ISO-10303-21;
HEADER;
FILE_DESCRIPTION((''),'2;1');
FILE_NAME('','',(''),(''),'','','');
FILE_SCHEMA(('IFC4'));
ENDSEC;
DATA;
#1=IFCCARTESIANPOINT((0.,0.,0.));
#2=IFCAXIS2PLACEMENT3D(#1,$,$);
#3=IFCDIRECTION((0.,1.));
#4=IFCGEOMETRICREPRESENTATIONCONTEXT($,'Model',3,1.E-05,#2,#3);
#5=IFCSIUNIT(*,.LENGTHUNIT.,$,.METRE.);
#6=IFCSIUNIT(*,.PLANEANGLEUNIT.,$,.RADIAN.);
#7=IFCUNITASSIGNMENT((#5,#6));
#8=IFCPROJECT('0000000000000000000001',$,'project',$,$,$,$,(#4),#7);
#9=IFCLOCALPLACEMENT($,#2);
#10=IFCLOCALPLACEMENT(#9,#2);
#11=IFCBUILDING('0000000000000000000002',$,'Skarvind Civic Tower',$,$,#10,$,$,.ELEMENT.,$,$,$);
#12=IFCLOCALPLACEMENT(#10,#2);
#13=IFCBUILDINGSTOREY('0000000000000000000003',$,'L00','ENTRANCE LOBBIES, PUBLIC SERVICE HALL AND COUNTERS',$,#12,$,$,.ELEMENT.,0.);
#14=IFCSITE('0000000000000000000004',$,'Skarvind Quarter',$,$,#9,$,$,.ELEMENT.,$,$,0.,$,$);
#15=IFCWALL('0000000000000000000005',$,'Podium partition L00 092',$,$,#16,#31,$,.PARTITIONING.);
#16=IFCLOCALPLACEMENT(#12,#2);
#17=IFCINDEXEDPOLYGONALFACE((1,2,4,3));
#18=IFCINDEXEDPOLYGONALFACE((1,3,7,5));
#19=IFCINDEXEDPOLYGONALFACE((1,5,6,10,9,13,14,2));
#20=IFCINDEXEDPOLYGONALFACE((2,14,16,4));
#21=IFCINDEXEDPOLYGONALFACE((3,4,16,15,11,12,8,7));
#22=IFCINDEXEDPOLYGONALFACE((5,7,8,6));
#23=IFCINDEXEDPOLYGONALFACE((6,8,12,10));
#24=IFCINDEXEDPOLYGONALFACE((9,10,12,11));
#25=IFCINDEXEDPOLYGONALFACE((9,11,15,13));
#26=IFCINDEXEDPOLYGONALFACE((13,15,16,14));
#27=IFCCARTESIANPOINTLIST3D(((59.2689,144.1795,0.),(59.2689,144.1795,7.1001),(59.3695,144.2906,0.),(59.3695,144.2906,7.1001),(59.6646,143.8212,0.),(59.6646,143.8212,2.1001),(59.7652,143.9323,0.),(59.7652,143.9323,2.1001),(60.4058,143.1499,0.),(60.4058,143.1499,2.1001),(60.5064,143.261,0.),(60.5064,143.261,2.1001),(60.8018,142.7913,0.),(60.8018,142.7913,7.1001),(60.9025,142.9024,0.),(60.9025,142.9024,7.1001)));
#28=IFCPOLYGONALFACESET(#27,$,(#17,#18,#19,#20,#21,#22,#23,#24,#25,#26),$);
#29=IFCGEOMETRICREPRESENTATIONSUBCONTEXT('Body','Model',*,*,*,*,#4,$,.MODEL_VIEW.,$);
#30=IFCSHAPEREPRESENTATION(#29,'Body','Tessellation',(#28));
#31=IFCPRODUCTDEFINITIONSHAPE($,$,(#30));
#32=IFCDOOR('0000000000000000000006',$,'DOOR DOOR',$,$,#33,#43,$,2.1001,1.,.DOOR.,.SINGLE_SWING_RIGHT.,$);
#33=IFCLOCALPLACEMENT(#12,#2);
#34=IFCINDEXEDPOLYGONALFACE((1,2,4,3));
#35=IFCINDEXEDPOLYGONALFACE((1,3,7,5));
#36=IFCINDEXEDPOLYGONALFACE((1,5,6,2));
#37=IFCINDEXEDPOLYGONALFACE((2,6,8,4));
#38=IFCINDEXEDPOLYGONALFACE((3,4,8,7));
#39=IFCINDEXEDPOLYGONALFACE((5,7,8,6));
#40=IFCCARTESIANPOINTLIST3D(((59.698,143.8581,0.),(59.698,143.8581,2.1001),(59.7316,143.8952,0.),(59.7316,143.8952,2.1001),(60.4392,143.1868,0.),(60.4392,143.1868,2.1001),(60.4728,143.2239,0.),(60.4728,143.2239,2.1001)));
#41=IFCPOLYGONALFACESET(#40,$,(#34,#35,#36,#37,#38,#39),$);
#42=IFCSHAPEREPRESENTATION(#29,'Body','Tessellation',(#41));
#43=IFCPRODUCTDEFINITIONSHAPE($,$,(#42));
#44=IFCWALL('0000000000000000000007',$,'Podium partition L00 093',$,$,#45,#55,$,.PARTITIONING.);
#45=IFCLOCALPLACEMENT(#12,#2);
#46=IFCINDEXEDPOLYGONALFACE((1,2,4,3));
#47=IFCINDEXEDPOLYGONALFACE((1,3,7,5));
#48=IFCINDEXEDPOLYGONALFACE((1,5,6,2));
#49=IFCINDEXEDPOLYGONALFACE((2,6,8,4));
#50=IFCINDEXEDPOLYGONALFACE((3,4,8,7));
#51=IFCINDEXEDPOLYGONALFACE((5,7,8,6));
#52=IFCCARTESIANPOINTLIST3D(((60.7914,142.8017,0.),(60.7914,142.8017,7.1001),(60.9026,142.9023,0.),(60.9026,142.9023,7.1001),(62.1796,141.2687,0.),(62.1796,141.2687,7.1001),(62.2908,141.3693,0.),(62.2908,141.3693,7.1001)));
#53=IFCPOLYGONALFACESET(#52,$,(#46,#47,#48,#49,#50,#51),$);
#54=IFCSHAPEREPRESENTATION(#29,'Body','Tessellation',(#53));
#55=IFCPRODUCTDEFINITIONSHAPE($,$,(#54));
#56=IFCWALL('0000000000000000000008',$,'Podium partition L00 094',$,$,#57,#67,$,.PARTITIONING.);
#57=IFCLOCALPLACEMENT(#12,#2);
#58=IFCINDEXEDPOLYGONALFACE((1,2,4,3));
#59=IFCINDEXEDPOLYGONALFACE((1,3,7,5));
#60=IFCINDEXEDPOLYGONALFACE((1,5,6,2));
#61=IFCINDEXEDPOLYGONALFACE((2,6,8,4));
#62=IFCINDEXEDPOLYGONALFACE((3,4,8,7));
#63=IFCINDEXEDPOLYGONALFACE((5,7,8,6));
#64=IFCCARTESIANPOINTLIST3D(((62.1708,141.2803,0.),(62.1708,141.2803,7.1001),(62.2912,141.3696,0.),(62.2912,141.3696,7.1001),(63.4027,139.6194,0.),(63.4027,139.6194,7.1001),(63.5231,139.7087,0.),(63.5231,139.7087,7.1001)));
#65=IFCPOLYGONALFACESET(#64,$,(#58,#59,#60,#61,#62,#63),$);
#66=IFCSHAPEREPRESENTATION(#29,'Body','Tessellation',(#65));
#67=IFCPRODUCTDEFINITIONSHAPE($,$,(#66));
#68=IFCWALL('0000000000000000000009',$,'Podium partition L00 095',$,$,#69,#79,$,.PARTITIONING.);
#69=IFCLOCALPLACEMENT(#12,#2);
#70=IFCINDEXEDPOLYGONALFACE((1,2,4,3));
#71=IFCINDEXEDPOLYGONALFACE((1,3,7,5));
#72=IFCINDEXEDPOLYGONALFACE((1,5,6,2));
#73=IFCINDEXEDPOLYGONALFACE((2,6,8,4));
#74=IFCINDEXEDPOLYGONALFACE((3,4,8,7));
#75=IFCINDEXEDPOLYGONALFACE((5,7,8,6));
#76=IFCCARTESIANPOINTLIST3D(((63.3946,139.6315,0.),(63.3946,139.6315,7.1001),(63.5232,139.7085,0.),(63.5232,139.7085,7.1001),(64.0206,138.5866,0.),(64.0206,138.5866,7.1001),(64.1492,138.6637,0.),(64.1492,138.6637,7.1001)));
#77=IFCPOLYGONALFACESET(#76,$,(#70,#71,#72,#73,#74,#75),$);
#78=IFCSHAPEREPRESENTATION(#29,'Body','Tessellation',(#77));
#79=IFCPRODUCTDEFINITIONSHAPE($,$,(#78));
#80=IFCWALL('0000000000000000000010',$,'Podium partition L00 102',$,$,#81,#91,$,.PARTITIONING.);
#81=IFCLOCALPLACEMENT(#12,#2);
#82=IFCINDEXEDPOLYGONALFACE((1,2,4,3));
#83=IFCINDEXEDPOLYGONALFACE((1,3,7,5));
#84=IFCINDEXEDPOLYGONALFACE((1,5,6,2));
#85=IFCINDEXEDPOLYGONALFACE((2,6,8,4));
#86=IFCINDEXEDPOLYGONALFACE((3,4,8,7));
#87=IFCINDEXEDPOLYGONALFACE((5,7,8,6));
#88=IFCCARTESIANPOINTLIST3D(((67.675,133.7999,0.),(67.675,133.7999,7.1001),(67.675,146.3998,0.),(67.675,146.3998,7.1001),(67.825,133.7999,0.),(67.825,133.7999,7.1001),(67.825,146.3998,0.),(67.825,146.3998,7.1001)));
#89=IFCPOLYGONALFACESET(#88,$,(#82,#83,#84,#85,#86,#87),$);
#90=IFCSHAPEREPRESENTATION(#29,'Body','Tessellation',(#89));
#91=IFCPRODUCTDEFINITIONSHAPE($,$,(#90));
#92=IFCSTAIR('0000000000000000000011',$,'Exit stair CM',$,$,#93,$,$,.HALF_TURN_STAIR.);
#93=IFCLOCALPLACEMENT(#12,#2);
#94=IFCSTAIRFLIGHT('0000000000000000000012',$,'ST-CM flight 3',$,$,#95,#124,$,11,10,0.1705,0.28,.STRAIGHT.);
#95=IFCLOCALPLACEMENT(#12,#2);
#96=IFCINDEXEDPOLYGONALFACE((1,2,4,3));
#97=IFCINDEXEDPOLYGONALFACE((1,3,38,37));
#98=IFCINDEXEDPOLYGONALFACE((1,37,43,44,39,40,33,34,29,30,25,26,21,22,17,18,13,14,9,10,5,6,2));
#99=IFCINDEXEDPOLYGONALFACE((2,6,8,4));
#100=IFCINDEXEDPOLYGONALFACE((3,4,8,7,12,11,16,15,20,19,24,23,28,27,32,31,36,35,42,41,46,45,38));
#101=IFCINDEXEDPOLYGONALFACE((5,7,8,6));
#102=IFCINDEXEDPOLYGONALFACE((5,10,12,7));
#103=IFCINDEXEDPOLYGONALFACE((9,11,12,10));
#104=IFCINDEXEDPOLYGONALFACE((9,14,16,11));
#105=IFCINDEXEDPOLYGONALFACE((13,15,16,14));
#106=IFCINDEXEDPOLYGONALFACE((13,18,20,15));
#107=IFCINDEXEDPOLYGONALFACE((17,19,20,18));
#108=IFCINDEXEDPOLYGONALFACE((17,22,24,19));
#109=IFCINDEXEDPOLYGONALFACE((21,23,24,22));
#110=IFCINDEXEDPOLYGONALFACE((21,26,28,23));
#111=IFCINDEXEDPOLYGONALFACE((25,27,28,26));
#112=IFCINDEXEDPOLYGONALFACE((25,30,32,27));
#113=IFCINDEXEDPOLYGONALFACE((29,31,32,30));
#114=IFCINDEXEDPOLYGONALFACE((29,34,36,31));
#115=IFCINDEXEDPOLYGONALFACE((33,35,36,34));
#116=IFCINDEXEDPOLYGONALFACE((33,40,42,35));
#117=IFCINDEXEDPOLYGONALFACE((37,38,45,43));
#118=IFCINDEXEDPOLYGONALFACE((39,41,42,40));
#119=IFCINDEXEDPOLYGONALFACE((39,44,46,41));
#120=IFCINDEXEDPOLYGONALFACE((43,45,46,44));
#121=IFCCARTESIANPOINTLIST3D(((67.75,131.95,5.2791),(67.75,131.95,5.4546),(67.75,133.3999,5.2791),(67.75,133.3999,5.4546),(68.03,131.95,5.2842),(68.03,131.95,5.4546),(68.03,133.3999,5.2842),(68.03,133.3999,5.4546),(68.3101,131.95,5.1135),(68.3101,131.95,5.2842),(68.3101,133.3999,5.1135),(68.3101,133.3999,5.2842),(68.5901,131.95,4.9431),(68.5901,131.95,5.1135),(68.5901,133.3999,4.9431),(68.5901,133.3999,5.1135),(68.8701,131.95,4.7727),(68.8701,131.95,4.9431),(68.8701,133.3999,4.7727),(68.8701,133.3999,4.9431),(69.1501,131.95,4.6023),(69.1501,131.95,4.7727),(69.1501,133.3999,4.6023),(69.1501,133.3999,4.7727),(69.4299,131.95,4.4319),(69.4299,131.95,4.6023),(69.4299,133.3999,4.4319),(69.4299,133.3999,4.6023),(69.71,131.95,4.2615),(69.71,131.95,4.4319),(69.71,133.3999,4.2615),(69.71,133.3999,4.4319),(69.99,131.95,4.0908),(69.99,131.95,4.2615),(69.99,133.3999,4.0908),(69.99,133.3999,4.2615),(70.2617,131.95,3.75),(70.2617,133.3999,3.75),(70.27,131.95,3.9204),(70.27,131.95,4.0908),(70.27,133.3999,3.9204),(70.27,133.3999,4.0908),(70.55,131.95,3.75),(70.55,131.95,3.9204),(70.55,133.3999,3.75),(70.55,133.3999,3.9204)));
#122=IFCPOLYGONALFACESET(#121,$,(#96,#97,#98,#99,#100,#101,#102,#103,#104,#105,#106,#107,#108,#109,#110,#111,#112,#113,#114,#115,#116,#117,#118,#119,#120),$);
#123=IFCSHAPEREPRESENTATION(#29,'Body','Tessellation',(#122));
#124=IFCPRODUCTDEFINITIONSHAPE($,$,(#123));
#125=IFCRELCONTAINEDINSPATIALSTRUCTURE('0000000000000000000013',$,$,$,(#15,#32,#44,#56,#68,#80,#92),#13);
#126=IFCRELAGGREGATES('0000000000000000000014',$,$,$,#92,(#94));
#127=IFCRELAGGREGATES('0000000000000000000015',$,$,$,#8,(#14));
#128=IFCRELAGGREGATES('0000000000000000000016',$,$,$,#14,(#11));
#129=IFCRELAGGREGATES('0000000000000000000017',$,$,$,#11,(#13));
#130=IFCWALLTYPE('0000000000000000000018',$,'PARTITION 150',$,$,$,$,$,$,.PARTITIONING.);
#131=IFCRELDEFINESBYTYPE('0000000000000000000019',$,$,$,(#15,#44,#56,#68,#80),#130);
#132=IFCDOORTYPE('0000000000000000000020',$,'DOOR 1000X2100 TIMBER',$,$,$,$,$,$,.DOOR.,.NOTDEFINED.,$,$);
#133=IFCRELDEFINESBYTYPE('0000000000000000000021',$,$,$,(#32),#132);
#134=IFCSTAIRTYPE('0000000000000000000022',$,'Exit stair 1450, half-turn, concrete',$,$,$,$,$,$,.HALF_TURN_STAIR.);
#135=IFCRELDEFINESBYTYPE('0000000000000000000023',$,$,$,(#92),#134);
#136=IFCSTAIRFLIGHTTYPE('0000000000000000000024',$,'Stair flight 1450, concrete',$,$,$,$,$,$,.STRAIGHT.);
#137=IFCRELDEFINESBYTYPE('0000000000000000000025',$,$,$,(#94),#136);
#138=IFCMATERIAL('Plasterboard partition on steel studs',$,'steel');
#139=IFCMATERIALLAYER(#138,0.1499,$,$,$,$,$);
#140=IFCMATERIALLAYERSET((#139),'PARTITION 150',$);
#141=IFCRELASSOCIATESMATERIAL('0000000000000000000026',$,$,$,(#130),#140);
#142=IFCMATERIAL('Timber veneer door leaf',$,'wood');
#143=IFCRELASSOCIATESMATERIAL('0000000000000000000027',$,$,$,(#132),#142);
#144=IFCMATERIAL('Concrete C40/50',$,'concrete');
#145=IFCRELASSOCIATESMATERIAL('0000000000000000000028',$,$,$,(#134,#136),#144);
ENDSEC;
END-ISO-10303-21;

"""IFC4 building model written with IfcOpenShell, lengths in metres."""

from ifc_helpers import new_model, si_unit, direction, frame, frame_2d, origin, place, context, subcontext, project, spatial, polyline, rectangle, outline, extrude, material, layer, layer_set, type_object, element, fill, aggregate, save


model = new_model("IFC4")

# Units and contexts
model_context = context("Model", 3, precision=1e-05, world=origin(), true_north=direction((0.0, 1.0)))
body_context = subcontext(model_context, "Body", "Model", "MODEL_VIEW")
ifc_project = project(units=[si_unit("LENGTHUNIT", "METRE"), si_unit("PLANEANGLEUNIT", "RADIAN")], contexts=[model_context])

# Site, building, storey
site_placement = place(None, origin())
site = spatial("IfcSite", under=ifc_project, at=site_placement, Name="Skarvind Quarter", CompositionType="ELEMENT", RefElevation=0.0)
building_placement = place(site_placement, origin())
building = spatial("IfcBuilding", under=site, at=building_placement, Name="Skarvind Civic Tower", CompositionType="ELEMENT")
storey_placement = place(building_placement, origin())
storey = spatial("IfcBuildingStorey", under=building, at=storey_placement, Name="L00", Description="ENTRANCE LOBBIES, PUBLIC SERVICE HALL AND COUNTERS", CompositionType="ELEMENT", Elevation=0.0)

# Shared definitions
ifc_material_1 = material(Name="Plasterboard partition on steel studs", Category="steel")
ifc_layer_1 = layer(ifc_material_1, 0.1499)
ifc_layer_set_1 = layer_set([ifc_layer_1], Name="PARTITION 150")
wall_type_1 = type_object("IfcWallType", Name="PARTITION 150", PredefinedType="PARTITIONING", material=ifc_layer_set_1)

# Wall, opening, door
wall_1_placement = place(storey_placement, frame((59.3191, 144.2351, 0.0), z_axis=(0.0, 0.0, 1.0), x_axis=(0.741242, -0.671238, 0.0)))
wall_1 = element("IfcWall", 1, at=wall_1_placement, inside=storey, type_object=wall_type_1, Name="Podium partition L00 092", PredefinedType="PARTITIONING", context=body_context, shape_type="SweptSolid", body=[
    extrude(rectangle(XDim=2.0681, YDim=0.1499, at=frame_2d((1.0342, 0.0))), origin(), (0.0, 0.0, 1.0), 7.1001),
])
opening_1_placement = place(wall_1_placement, frame((0.5339, 0.0, 0.0)))
opening_1 = element("IfcOpeningElement", 2, at=opening_1_placement, cuts=wall_1, PredefinedType="OPENING", context=body_context, shape_type="SweptSolid", body=[
    extrude(rectangle(XDim=1.0, YDim=2.1001, at=frame_2d((0.5, 1.05))), frame((0.0, 0.085, 0.0), z_axis=(0.0, -1.0, 0.0), x_axis=(1.0, 0.0, 0.0)), (0.0, 0.0, 1.0), 0.1699),
])
ifc_material_2 = material(Name="Timber veneer door leaf", Category="wood")
door_type_1 = type_object("IfcDoorType", Name="DOOR 1000X2100 TIMBER", OperationType="NOTDEFINED", PredefinedType="DOOR", material=ifc_material_2)
door_1_placement = place(opening_1_placement, origin())
door_1 = element("IfcDoor", 3, at=door_1_placement, inside=storey, type_object=door_type_1, Name="DOOR DOOR", OperationType="SINGLE_SWING_RIGHT", OverallHeight=2.1001, OverallWidth=1.0, PredefinedType="DOOR", context=body_context, shape_type="SweptSolid", body=[
    extrude(rectangle(XDim=1.0, YDim=2.1001, at=frame_2d((0.5, 1.05))), frame((0.0, 0.0249, 0.0), z_axis=(0.0, -1.0, 0.0), x_axis=(1.0, 0.0, 0.0)), (0.0, 0.0, 1.0), 0.05),
])
fill(opening_1, door_1)

# Walls
wall_2_placement = place(storey_placement, frame((60.8469, 142.8521, 0.0), z_axis=(0.0, 0.0, 1.0), x_axis=(0.671238, -0.741242, 0.0)))
element("IfcWall", 4, at=wall_2_placement, inside=storey, type_object=wall_type_1, Name="Podium partition L00 093", PredefinedType="PARTITIONING", context=body_context, shape_type="SweptSolid", body=[
    extrude(rectangle(XDim=2.0681, YDim=0.1499, at=frame_2d((1.0342, 0.0))), origin(), (0.0, 0.0, 1.0), 7.1001),
])
wall_3_placement = place(storey_placement, frame((62.231, 141.325, 0.0), z_axis=(0.0, 0.0, 1.0), x_axis=(0.595741, -0.803176, 0.0)))
element("IfcWall", 5, at=wall_3_placement, inside=storey, type_object=wall_type_1, Name="Podium partition L00 094", PredefinedType="PARTITIONING", context=body_context, shape_type="SweptSolid", body=[
    extrude(rectangle(XDim=2.0679, YDim=0.1499, at=frame_2d((1.0339, 0.0))), origin(), (0.0, 0.0, 1.0), 7.1001),
])
wall_4_placement = place(storey_placement, frame((63.459, 139.6699, 0.0), z_axis=(0.0, 0.0, 1.0), x_axis=(0.513906, -0.857846, 0.0)))
element("IfcWall", 6, at=wall_4_placement, inside=storey, type_object=wall_type_1, Name="Podium partition L00 095", PredefinedType="PARTITIONING", context=body_context, shape_type="SweptSolid", body=[
    extrude(rectangle(XDim=1.218, YDim=0.1499, at=frame_2d((0.6089, 0.0))), origin(), (0.0, 0.0, 1.0), 7.1001),
])
wall_5_placement = place(storey_placement, frame((67.75, 133.8, 0.0), z_axis=(0.0, 0.0, 1.0), x_axis=(0.0, 1.0, 0.0)))
element("IfcWall", 7, at=wall_5_placement, inside=storey, type_object=wall_type_1, Name="Podium partition L00 102", PredefinedType="PARTITIONING", context=body_context, shape_type="SweptSolid", body=[
    extrude(rectangle(XDim=12.5999, YDim=0.1499, at=frame_2d((6.2998, 0.0))), origin(), (0.0, 0.0, 1.0), 7.1001),
])

# Stair, stair flight
ifc_material_3 = material(Name="Concrete C40/50", Category="concrete")
stair_type = type_object("IfcStairType", Name="Exit stair 1450, half-turn, concrete", PredefinedType="HALF_TURN_STAIR", material=ifc_material_3)
stair_placement = place(storey_placement, origin())
stair = element("IfcStair", 8, at=stair_placement, inside=storey, type_object=stair_type, Name="Exit stair CM", PredefinedType="HALF_TURN_STAIR")
stair_flight_type = type_object("IfcStairFlightType", Name="Stair flight 1450, concrete", PredefinedType="STRAIGHT", material=ifc_material_3)
stair_flight_placement = place(storey_placement, frame((70.55, 132.675, 3.75), z_axis=(0.0, 0.0, 1.0), x_axis=(-1.0, 0.0, 0.0)))
stair_flight = element("IfcStairFlight", 9, at=stair_flight_placement, type_object=stair_flight_type, Name="ST-CM flight 3", NumberOfRisers=11, NumberOfTreads=10, PredefinedType="STRAIGHT", RiserHeight=0.1705, TreadLength=0.28, context=body_context, shape_type="SweptSolid", body=[
    extrude(outline(polyline([(0.0, 0.0), (0.0, 0.1704), (0.28, 0.1704), (0.28, 0.3408), (0.5601, 0.3408), (0.5601, 0.5115), (0.8401, 0.5115), (0.8401, 0.6819), (1.1201, 0.6819), (1.1201, 0.8523), (1.3999, 0.8523), (1.3999, 1.0227), (1.6799, 1.0227), (1.6799, 1.1931), (1.96, 1.1931), (1.96, 1.3635), (2.24, 1.3635), (2.24, 1.5342), (2.52, 1.5342), (2.52, 1.7046), (2.8, 1.7046), (2.8, 1.875), (2.8, 1.5291), (0.2883, 0.0), (0.0, 0.0)])), frame((0.0, 0.7251, 0.0), z_axis=(0.0, -1.0, 0.0), x_axis=(1.0, 0.0, 0.0)), (0.0, 0.0, 1.0), 1.45),
])
aggregate(stair, [stair_flight])

save(model, "model.ifc")
